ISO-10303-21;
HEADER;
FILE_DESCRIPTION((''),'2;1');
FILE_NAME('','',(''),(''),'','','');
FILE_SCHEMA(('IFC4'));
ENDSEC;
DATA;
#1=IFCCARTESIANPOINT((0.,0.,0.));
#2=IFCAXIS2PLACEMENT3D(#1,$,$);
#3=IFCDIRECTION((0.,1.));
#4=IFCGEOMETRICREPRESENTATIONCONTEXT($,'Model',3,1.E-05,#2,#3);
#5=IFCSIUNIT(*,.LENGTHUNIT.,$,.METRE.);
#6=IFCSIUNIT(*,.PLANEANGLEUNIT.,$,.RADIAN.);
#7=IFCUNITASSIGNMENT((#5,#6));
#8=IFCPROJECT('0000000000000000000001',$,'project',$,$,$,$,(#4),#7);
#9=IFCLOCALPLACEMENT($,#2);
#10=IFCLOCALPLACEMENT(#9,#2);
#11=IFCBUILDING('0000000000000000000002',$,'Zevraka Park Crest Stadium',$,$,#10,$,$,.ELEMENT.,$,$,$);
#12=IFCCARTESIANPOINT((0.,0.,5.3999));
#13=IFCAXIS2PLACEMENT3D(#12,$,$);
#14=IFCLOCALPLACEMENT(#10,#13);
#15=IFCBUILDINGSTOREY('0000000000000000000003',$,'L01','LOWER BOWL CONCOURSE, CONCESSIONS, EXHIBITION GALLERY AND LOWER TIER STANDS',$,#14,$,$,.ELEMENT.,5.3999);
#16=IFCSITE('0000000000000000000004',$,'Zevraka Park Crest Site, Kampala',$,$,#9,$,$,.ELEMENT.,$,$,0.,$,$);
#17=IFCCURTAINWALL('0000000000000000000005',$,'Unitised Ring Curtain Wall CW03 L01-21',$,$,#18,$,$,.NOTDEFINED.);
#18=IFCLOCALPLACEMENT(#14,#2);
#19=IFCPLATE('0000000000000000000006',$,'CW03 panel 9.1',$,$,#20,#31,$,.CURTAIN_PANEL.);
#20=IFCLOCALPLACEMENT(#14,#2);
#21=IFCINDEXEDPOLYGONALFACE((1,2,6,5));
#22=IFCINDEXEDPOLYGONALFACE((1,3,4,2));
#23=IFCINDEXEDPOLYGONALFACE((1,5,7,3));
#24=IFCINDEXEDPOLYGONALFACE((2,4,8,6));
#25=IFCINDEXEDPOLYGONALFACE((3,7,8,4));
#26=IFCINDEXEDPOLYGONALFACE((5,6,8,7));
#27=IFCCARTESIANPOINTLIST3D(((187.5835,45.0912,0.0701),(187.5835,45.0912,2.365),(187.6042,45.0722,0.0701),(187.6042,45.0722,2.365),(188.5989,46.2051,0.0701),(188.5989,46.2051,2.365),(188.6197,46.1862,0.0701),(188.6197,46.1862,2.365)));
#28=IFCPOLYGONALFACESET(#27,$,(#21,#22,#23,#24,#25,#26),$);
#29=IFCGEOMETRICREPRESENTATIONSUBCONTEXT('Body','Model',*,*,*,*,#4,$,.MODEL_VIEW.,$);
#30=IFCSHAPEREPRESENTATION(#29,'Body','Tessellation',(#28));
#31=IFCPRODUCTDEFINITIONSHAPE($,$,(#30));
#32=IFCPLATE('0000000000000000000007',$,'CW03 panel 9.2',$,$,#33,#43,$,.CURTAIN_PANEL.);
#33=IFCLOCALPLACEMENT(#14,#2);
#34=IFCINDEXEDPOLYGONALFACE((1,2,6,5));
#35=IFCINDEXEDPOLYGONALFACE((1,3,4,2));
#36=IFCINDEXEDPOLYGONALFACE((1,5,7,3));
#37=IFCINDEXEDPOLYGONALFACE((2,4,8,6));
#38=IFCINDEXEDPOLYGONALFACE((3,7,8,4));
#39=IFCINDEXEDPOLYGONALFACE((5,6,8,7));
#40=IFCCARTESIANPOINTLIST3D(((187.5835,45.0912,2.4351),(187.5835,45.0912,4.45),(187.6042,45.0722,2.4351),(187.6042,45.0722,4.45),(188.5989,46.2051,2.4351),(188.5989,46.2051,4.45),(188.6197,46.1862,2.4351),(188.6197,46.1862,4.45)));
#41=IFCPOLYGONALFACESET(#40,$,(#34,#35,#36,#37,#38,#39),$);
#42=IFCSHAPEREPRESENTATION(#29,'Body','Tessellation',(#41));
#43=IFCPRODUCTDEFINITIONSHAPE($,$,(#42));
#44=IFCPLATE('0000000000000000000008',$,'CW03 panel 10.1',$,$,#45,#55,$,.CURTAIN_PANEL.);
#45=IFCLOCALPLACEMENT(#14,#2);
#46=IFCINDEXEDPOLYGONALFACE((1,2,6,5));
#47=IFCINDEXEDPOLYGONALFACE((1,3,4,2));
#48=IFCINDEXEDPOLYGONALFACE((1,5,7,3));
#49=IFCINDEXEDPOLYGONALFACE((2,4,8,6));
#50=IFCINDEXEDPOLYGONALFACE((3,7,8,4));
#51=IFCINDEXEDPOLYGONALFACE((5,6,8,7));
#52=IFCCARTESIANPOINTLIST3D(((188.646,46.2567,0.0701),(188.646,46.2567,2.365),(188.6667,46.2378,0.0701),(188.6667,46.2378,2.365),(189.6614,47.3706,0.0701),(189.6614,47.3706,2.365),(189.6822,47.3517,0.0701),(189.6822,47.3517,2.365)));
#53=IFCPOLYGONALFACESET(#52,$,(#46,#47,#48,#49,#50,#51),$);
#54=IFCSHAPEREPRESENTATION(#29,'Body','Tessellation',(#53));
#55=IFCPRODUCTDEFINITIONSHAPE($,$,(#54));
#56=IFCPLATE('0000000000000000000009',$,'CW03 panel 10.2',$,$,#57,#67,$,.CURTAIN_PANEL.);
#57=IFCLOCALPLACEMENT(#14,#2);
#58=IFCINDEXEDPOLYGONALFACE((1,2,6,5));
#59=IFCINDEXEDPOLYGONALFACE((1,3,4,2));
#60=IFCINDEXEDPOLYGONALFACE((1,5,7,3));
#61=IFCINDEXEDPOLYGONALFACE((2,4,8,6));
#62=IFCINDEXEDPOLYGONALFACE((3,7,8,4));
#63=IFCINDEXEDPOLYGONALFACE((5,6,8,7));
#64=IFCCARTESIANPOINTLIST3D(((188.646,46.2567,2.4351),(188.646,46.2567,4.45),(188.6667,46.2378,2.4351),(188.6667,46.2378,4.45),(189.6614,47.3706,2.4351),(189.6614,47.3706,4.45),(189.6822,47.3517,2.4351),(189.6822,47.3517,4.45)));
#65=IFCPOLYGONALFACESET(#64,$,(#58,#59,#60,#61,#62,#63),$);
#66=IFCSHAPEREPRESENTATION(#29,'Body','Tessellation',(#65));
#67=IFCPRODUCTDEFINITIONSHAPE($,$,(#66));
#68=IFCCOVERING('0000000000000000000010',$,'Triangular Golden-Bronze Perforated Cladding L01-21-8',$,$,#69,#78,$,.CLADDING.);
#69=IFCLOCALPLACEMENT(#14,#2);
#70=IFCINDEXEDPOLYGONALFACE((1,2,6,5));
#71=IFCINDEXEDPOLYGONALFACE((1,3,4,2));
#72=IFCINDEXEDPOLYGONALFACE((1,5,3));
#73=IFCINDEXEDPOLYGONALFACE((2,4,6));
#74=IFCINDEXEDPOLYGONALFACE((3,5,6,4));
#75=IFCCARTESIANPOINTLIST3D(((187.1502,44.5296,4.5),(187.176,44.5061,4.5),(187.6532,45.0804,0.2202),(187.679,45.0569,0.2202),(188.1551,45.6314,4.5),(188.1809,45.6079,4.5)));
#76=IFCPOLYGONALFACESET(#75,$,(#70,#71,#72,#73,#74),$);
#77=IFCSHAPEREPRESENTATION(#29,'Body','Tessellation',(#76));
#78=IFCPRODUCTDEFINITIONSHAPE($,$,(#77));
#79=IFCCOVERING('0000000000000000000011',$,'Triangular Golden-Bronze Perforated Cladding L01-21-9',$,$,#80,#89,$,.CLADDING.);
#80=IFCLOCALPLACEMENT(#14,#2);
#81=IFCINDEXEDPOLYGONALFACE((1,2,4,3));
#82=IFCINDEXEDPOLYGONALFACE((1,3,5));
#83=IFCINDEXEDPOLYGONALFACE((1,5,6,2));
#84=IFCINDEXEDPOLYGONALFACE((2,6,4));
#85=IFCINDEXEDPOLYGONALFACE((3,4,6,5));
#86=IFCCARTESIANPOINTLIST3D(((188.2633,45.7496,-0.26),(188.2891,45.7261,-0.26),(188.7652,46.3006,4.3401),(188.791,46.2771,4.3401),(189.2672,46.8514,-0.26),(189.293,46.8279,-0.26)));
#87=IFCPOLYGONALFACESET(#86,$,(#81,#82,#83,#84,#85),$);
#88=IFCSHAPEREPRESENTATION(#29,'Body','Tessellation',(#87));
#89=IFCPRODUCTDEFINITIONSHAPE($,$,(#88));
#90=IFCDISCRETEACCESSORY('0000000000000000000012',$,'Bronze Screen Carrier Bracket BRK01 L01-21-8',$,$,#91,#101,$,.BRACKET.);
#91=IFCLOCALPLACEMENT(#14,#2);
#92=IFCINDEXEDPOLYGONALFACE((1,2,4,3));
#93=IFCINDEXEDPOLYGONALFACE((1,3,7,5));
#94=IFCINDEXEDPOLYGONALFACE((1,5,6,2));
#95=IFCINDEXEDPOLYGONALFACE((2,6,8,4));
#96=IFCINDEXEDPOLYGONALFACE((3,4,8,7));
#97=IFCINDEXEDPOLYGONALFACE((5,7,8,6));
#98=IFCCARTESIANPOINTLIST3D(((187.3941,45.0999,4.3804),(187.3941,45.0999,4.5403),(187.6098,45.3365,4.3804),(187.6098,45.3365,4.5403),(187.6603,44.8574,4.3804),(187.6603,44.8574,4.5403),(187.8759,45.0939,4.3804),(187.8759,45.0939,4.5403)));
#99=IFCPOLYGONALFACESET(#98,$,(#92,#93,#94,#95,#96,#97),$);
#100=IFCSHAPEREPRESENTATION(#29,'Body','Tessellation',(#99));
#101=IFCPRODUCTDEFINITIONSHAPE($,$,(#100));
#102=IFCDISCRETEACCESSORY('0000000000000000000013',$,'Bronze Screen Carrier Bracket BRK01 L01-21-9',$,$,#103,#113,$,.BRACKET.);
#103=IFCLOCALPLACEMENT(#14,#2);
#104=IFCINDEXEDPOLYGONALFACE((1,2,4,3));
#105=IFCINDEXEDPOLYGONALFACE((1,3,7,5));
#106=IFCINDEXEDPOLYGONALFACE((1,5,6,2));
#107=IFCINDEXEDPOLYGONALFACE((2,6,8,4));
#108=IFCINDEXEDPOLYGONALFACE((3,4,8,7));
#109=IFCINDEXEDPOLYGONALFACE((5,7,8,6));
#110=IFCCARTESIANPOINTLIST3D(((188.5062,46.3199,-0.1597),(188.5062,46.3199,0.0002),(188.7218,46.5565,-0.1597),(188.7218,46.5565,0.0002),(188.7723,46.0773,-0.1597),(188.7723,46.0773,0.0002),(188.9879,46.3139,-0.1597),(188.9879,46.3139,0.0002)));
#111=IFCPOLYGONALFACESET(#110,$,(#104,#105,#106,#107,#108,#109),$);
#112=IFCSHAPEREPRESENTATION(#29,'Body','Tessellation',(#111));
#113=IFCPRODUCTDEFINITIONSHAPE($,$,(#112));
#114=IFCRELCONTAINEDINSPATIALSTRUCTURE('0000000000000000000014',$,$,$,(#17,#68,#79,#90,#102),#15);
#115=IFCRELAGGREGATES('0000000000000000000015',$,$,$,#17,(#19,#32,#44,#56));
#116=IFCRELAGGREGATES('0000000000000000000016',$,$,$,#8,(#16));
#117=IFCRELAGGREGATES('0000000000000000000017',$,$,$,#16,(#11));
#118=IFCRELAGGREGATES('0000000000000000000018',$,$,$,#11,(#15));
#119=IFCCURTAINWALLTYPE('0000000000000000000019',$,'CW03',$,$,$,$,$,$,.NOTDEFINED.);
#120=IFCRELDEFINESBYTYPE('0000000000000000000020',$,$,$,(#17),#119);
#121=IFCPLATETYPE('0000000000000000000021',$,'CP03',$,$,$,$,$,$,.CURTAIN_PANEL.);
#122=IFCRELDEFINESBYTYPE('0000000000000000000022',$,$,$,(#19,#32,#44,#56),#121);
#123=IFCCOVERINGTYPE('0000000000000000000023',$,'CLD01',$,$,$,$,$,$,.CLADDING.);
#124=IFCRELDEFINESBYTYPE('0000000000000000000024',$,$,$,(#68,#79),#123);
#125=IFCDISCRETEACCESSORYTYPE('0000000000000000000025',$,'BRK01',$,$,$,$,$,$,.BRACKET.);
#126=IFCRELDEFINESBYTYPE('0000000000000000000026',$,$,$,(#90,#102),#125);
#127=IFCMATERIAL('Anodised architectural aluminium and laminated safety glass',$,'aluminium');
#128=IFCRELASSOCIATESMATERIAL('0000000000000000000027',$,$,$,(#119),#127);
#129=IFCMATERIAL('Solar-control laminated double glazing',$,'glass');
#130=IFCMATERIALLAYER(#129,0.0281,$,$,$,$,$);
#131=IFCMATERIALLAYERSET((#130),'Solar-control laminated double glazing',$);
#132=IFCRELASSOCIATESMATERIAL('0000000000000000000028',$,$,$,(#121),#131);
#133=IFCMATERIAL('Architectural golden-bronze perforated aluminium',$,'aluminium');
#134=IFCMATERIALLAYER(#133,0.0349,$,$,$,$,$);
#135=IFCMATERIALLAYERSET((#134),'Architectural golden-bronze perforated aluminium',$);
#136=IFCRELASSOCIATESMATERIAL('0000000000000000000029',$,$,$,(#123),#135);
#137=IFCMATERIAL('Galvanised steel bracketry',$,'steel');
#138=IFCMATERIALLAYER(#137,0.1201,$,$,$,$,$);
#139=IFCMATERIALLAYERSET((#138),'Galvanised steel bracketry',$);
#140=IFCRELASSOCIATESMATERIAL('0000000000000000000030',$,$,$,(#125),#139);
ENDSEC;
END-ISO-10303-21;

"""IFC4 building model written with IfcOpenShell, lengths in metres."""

from ifc_helpers import new_model, si_unit, direction, frame, origin, origin_2d, place, context, subcontext, project, spatial, polyline, rectangle, outline, extrude, material, layer, layer_set, type_object, element, aggregate, save


model = new_model("IFC4")

# Units and contexts
model_context = context("Model", 3, precision=1e-05, world=origin(), true_north=direction((0.0, 1.0)))
body_context = subcontext(model_context, "Body", "Model", "MODEL_VIEW")
ifc_project = project(units=[si_unit("LENGTHUNIT", "METRE"), si_unit("PLANEANGLEUNIT", "RADIAN")], contexts=[model_context])

# Site, building, storey
site_placement = place(None, origin())
site = spatial("IfcSite", under=ifc_project, at=site_placement, Name="Zevraka Park Crest Site, Kampala", CompositionType="ELEMENT", RefElevation=0.0)
building_placement = place(site_placement, origin())
building = spatial("IfcBuilding", under=site, at=building_placement, Name="Zevraka Park Crest Stadium", CompositionType="ELEMENT")
storey_placement = place(building_placement, frame((0.0, 0.0, 5.3999)))
storey = spatial("IfcBuildingStorey", under=building, at=storey_placement, Name="L01", Description="LOWER BOWL CONCOURSE, CONCESSIONS, EXHIBITION GALLERY AND LOWER TIER STANDS", CompositionType="ELEMENT", Elevation=5.3999)

# Curtain wall, plates
ifc_material_1 = material(Name="Anodised architectural aluminium and laminated safety glass", Category="aluminium")
curtain_wall_type = type_object("IfcCurtainWallType", Name="CW03", PredefinedType="NOTDEFINED", material=ifc_material_1)
curtain_wall_placement = place(storey_placement, origin())
curtain_wall = element("IfcCurtainWall", 1, at=curtain_wall_placement, inside=storey, type_object=curtain_wall_type, Name="Unitised Ring Curtain Wall CW03 L01-21", PredefinedType="NOTDEFINED")
ifc_material_2 = material(Name="Solar-control laminated double glazing", Category="glass")
ifc_layer_1 = layer(ifc_material_2, 0.0281)
ifc_layer_set_1 = layer_set([ifc_layer_1], Name="Solar-control laminated double glazing")
plate_type = type_object("IfcPlateType", Name="CP03", PredefinedType="CURTAIN_PANEL", material=ifc_layer_set_1)
plate_1_placement = place(storey_placement, frame((188.1016, 45.6387, 0.0701), z_axis=(0.0, 0.0, 1.0), x_axis=(0.67368, 0.739023, 0.0)))
plate_1 = element("IfcPlate", 2, at=plate_1_placement, type_object=plate_type, Name="CW03 panel 9.1", PredefinedType="CURTAIN_PANEL", context=body_context, shape_type="SweptSolid", body=[
    extrude(rectangle(XDim=1.5073, YDim=0.0281, at=origin_2d()), origin(), (0.0, 0.0, 1.0), 2.2949),
])
plate_2_placement = place(storey_placement, frame((188.1016, 45.6387, 2.4351), z_axis=(0.0, 0.0, 1.0), x_axis=(0.67368, 0.739023, 0.0)))
plate_2 = element("IfcPlate", 3, at=plate_2_placement, type_object=plate_type, Name="CW03 panel 9.2", PredefinedType="CURTAIN_PANEL", context=body_context, shape_type="SweptSolid", body=[
    extrude(rectangle(XDim=1.5073, YDim=0.0281, at=origin_2d()), origin(), (0.0, 0.0, 1.0), 2.0149),
])
plate_3_placement = place(storey_placement, frame((189.1641, 46.8042, 0.0701), z_axis=(0.0, 0.0, 1.0), x_axis=(0.67368, 0.739023, 0.0)))
plate_3 = element("IfcPlate", 4, at=plate_3_placement, type_object=plate_type, Name="CW03 panel 10.1", PredefinedType="CURTAIN_PANEL", context=body_context, shape_type="SweptSolid", body=[
    extrude(rectangle(XDim=1.5073, YDim=0.0281, at=origin_2d()), origin(), (0.0, 0.0, 1.0), 2.2949),
])
plate_4_placement = place(storey_placement, frame((189.1641, 46.8042, 2.4351), z_axis=(0.0, 0.0, 1.0), x_axis=(0.67368, 0.739023, 0.0)))
plate_4 = element("IfcPlate", 5, at=plate_4_placement, type_object=plate_type, Name="CW03 panel 10.2", PredefinedType="CURTAIN_PANEL", context=body_context, shape_type="SweptSolid", body=[
    extrude(rectangle(XDim=1.5073, YDim=0.0281, at=origin_2d()), origin(), (0.0, 0.0, 1.0), 2.0149),
])
aggregate(curtain_wall, [plate_1, plate_2, plate_3, plate_4])

# Coverings
ifc_material_3 = material(Name="Architectural golden-bronze perforated aluminium", Category="aluminium")
ifc_layer_2 = layer(ifc_material_3, 0.0349)
ifc_layer_set_2 = layer_set([ifc_layer_2], Name="Architectural golden-bronze perforated aluminium")
covering_type = type_object("IfcCoveringType", Name="CLD01", PredefinedType="CLADDING", material=ifc_layer_set_2)
covering_1_placement = place(storey_placement, frame((188.1809, 45.6079, 4.5), z_axis=(0.738858, -0.673862, 0.000104), x_axis=(-0.673862, -0.738858, 0.0)))
element("IfcCovering", 6, at=covering_1_placement, inside=storey, type_object=covering_type, Name="Triangular Golden-Bronze Perforated Cladding L01-21-8", PredefinedType="CLADDING", context=body_context, shape_type="SweptSolid", body=[
    extrude(outline(polyline([(0.0, 0.0), (1.4912, 0.0), (0.7454, 4.2798), (0.0, 0.0)])), origin(), (0.0, 0.0, -1.0), 0.0349),
])
covering_2_placement = place(storey_placement, frame((188.2891, 45.7261, -0.26), z_axis=(0.739184, -0.673504, 0.000018), x_axis=(0.673504, 0.739184, 0.0)))
element("IfcCovering", 7, at=covering_2_placement, inside=storey, type_object=covering_type, Name="Triangular Golden-Bronze Perforated Cladding L01-21-9", PredefinedType="CLADDING", context=body_context, shape_type="SweptSolid", body=[
    extrude(outline(polyline([(0.0, 0.0), (1.4906, 0.0), (0.7454, 4.6001), (0.0, 0.0)])), origin(), (0.0, 0.0, -1.0), 0.0349),
])

# Discrete accessories
ifc_material_4 = material(Name="Galvanised steel bracketry", Category="steel")
ifc_layer_3 = layer(ifc_material_4, 0.1201)
ifc_layer_set_3 = layer_set([ifc_layer_3], Name="Galvanised steel bracketry")
discrete_accessory_type = type_object("IfcDiscreteAccessoryType", Name="BRK01", PredefinedType="BRACKET", material=ifc_layer_set_3)
for number, where, z_axis, x_axis, name in (
    (8, (187.635, 45.0969, 4.3804), (0.0, 0.0, 1.0), (0.673658, 0.739043, 0.0), "Bronze Screen Carrier Bracket BRK01 L01-21-8"),
    (9, (188.7471, 46.3169, -0.1597), (0.0, 0.0, 1.0), (0.673658, 0.739043, 0.0), "Bronze Screen Carrier Bracket BRK01 L01-21-9"),
):
    element("IfcDiscreteAccessory", number, at=place(storey_placement, frame(where, z_axis=z_axis, x_axis=x_axis)), inside=storey, type_object=discrete_accessory_type, Name=name, PredefinedType="BRACKET", context=body_context, shape_type="SweptSolid", body=[
        extrude(rectangle(XDim=0.3201, YDim=0.3601, at=origin_2d()), origin(), (0.0, 0.0, 1.0), 0.1599),
    ])

save(model, "model.ifc")
